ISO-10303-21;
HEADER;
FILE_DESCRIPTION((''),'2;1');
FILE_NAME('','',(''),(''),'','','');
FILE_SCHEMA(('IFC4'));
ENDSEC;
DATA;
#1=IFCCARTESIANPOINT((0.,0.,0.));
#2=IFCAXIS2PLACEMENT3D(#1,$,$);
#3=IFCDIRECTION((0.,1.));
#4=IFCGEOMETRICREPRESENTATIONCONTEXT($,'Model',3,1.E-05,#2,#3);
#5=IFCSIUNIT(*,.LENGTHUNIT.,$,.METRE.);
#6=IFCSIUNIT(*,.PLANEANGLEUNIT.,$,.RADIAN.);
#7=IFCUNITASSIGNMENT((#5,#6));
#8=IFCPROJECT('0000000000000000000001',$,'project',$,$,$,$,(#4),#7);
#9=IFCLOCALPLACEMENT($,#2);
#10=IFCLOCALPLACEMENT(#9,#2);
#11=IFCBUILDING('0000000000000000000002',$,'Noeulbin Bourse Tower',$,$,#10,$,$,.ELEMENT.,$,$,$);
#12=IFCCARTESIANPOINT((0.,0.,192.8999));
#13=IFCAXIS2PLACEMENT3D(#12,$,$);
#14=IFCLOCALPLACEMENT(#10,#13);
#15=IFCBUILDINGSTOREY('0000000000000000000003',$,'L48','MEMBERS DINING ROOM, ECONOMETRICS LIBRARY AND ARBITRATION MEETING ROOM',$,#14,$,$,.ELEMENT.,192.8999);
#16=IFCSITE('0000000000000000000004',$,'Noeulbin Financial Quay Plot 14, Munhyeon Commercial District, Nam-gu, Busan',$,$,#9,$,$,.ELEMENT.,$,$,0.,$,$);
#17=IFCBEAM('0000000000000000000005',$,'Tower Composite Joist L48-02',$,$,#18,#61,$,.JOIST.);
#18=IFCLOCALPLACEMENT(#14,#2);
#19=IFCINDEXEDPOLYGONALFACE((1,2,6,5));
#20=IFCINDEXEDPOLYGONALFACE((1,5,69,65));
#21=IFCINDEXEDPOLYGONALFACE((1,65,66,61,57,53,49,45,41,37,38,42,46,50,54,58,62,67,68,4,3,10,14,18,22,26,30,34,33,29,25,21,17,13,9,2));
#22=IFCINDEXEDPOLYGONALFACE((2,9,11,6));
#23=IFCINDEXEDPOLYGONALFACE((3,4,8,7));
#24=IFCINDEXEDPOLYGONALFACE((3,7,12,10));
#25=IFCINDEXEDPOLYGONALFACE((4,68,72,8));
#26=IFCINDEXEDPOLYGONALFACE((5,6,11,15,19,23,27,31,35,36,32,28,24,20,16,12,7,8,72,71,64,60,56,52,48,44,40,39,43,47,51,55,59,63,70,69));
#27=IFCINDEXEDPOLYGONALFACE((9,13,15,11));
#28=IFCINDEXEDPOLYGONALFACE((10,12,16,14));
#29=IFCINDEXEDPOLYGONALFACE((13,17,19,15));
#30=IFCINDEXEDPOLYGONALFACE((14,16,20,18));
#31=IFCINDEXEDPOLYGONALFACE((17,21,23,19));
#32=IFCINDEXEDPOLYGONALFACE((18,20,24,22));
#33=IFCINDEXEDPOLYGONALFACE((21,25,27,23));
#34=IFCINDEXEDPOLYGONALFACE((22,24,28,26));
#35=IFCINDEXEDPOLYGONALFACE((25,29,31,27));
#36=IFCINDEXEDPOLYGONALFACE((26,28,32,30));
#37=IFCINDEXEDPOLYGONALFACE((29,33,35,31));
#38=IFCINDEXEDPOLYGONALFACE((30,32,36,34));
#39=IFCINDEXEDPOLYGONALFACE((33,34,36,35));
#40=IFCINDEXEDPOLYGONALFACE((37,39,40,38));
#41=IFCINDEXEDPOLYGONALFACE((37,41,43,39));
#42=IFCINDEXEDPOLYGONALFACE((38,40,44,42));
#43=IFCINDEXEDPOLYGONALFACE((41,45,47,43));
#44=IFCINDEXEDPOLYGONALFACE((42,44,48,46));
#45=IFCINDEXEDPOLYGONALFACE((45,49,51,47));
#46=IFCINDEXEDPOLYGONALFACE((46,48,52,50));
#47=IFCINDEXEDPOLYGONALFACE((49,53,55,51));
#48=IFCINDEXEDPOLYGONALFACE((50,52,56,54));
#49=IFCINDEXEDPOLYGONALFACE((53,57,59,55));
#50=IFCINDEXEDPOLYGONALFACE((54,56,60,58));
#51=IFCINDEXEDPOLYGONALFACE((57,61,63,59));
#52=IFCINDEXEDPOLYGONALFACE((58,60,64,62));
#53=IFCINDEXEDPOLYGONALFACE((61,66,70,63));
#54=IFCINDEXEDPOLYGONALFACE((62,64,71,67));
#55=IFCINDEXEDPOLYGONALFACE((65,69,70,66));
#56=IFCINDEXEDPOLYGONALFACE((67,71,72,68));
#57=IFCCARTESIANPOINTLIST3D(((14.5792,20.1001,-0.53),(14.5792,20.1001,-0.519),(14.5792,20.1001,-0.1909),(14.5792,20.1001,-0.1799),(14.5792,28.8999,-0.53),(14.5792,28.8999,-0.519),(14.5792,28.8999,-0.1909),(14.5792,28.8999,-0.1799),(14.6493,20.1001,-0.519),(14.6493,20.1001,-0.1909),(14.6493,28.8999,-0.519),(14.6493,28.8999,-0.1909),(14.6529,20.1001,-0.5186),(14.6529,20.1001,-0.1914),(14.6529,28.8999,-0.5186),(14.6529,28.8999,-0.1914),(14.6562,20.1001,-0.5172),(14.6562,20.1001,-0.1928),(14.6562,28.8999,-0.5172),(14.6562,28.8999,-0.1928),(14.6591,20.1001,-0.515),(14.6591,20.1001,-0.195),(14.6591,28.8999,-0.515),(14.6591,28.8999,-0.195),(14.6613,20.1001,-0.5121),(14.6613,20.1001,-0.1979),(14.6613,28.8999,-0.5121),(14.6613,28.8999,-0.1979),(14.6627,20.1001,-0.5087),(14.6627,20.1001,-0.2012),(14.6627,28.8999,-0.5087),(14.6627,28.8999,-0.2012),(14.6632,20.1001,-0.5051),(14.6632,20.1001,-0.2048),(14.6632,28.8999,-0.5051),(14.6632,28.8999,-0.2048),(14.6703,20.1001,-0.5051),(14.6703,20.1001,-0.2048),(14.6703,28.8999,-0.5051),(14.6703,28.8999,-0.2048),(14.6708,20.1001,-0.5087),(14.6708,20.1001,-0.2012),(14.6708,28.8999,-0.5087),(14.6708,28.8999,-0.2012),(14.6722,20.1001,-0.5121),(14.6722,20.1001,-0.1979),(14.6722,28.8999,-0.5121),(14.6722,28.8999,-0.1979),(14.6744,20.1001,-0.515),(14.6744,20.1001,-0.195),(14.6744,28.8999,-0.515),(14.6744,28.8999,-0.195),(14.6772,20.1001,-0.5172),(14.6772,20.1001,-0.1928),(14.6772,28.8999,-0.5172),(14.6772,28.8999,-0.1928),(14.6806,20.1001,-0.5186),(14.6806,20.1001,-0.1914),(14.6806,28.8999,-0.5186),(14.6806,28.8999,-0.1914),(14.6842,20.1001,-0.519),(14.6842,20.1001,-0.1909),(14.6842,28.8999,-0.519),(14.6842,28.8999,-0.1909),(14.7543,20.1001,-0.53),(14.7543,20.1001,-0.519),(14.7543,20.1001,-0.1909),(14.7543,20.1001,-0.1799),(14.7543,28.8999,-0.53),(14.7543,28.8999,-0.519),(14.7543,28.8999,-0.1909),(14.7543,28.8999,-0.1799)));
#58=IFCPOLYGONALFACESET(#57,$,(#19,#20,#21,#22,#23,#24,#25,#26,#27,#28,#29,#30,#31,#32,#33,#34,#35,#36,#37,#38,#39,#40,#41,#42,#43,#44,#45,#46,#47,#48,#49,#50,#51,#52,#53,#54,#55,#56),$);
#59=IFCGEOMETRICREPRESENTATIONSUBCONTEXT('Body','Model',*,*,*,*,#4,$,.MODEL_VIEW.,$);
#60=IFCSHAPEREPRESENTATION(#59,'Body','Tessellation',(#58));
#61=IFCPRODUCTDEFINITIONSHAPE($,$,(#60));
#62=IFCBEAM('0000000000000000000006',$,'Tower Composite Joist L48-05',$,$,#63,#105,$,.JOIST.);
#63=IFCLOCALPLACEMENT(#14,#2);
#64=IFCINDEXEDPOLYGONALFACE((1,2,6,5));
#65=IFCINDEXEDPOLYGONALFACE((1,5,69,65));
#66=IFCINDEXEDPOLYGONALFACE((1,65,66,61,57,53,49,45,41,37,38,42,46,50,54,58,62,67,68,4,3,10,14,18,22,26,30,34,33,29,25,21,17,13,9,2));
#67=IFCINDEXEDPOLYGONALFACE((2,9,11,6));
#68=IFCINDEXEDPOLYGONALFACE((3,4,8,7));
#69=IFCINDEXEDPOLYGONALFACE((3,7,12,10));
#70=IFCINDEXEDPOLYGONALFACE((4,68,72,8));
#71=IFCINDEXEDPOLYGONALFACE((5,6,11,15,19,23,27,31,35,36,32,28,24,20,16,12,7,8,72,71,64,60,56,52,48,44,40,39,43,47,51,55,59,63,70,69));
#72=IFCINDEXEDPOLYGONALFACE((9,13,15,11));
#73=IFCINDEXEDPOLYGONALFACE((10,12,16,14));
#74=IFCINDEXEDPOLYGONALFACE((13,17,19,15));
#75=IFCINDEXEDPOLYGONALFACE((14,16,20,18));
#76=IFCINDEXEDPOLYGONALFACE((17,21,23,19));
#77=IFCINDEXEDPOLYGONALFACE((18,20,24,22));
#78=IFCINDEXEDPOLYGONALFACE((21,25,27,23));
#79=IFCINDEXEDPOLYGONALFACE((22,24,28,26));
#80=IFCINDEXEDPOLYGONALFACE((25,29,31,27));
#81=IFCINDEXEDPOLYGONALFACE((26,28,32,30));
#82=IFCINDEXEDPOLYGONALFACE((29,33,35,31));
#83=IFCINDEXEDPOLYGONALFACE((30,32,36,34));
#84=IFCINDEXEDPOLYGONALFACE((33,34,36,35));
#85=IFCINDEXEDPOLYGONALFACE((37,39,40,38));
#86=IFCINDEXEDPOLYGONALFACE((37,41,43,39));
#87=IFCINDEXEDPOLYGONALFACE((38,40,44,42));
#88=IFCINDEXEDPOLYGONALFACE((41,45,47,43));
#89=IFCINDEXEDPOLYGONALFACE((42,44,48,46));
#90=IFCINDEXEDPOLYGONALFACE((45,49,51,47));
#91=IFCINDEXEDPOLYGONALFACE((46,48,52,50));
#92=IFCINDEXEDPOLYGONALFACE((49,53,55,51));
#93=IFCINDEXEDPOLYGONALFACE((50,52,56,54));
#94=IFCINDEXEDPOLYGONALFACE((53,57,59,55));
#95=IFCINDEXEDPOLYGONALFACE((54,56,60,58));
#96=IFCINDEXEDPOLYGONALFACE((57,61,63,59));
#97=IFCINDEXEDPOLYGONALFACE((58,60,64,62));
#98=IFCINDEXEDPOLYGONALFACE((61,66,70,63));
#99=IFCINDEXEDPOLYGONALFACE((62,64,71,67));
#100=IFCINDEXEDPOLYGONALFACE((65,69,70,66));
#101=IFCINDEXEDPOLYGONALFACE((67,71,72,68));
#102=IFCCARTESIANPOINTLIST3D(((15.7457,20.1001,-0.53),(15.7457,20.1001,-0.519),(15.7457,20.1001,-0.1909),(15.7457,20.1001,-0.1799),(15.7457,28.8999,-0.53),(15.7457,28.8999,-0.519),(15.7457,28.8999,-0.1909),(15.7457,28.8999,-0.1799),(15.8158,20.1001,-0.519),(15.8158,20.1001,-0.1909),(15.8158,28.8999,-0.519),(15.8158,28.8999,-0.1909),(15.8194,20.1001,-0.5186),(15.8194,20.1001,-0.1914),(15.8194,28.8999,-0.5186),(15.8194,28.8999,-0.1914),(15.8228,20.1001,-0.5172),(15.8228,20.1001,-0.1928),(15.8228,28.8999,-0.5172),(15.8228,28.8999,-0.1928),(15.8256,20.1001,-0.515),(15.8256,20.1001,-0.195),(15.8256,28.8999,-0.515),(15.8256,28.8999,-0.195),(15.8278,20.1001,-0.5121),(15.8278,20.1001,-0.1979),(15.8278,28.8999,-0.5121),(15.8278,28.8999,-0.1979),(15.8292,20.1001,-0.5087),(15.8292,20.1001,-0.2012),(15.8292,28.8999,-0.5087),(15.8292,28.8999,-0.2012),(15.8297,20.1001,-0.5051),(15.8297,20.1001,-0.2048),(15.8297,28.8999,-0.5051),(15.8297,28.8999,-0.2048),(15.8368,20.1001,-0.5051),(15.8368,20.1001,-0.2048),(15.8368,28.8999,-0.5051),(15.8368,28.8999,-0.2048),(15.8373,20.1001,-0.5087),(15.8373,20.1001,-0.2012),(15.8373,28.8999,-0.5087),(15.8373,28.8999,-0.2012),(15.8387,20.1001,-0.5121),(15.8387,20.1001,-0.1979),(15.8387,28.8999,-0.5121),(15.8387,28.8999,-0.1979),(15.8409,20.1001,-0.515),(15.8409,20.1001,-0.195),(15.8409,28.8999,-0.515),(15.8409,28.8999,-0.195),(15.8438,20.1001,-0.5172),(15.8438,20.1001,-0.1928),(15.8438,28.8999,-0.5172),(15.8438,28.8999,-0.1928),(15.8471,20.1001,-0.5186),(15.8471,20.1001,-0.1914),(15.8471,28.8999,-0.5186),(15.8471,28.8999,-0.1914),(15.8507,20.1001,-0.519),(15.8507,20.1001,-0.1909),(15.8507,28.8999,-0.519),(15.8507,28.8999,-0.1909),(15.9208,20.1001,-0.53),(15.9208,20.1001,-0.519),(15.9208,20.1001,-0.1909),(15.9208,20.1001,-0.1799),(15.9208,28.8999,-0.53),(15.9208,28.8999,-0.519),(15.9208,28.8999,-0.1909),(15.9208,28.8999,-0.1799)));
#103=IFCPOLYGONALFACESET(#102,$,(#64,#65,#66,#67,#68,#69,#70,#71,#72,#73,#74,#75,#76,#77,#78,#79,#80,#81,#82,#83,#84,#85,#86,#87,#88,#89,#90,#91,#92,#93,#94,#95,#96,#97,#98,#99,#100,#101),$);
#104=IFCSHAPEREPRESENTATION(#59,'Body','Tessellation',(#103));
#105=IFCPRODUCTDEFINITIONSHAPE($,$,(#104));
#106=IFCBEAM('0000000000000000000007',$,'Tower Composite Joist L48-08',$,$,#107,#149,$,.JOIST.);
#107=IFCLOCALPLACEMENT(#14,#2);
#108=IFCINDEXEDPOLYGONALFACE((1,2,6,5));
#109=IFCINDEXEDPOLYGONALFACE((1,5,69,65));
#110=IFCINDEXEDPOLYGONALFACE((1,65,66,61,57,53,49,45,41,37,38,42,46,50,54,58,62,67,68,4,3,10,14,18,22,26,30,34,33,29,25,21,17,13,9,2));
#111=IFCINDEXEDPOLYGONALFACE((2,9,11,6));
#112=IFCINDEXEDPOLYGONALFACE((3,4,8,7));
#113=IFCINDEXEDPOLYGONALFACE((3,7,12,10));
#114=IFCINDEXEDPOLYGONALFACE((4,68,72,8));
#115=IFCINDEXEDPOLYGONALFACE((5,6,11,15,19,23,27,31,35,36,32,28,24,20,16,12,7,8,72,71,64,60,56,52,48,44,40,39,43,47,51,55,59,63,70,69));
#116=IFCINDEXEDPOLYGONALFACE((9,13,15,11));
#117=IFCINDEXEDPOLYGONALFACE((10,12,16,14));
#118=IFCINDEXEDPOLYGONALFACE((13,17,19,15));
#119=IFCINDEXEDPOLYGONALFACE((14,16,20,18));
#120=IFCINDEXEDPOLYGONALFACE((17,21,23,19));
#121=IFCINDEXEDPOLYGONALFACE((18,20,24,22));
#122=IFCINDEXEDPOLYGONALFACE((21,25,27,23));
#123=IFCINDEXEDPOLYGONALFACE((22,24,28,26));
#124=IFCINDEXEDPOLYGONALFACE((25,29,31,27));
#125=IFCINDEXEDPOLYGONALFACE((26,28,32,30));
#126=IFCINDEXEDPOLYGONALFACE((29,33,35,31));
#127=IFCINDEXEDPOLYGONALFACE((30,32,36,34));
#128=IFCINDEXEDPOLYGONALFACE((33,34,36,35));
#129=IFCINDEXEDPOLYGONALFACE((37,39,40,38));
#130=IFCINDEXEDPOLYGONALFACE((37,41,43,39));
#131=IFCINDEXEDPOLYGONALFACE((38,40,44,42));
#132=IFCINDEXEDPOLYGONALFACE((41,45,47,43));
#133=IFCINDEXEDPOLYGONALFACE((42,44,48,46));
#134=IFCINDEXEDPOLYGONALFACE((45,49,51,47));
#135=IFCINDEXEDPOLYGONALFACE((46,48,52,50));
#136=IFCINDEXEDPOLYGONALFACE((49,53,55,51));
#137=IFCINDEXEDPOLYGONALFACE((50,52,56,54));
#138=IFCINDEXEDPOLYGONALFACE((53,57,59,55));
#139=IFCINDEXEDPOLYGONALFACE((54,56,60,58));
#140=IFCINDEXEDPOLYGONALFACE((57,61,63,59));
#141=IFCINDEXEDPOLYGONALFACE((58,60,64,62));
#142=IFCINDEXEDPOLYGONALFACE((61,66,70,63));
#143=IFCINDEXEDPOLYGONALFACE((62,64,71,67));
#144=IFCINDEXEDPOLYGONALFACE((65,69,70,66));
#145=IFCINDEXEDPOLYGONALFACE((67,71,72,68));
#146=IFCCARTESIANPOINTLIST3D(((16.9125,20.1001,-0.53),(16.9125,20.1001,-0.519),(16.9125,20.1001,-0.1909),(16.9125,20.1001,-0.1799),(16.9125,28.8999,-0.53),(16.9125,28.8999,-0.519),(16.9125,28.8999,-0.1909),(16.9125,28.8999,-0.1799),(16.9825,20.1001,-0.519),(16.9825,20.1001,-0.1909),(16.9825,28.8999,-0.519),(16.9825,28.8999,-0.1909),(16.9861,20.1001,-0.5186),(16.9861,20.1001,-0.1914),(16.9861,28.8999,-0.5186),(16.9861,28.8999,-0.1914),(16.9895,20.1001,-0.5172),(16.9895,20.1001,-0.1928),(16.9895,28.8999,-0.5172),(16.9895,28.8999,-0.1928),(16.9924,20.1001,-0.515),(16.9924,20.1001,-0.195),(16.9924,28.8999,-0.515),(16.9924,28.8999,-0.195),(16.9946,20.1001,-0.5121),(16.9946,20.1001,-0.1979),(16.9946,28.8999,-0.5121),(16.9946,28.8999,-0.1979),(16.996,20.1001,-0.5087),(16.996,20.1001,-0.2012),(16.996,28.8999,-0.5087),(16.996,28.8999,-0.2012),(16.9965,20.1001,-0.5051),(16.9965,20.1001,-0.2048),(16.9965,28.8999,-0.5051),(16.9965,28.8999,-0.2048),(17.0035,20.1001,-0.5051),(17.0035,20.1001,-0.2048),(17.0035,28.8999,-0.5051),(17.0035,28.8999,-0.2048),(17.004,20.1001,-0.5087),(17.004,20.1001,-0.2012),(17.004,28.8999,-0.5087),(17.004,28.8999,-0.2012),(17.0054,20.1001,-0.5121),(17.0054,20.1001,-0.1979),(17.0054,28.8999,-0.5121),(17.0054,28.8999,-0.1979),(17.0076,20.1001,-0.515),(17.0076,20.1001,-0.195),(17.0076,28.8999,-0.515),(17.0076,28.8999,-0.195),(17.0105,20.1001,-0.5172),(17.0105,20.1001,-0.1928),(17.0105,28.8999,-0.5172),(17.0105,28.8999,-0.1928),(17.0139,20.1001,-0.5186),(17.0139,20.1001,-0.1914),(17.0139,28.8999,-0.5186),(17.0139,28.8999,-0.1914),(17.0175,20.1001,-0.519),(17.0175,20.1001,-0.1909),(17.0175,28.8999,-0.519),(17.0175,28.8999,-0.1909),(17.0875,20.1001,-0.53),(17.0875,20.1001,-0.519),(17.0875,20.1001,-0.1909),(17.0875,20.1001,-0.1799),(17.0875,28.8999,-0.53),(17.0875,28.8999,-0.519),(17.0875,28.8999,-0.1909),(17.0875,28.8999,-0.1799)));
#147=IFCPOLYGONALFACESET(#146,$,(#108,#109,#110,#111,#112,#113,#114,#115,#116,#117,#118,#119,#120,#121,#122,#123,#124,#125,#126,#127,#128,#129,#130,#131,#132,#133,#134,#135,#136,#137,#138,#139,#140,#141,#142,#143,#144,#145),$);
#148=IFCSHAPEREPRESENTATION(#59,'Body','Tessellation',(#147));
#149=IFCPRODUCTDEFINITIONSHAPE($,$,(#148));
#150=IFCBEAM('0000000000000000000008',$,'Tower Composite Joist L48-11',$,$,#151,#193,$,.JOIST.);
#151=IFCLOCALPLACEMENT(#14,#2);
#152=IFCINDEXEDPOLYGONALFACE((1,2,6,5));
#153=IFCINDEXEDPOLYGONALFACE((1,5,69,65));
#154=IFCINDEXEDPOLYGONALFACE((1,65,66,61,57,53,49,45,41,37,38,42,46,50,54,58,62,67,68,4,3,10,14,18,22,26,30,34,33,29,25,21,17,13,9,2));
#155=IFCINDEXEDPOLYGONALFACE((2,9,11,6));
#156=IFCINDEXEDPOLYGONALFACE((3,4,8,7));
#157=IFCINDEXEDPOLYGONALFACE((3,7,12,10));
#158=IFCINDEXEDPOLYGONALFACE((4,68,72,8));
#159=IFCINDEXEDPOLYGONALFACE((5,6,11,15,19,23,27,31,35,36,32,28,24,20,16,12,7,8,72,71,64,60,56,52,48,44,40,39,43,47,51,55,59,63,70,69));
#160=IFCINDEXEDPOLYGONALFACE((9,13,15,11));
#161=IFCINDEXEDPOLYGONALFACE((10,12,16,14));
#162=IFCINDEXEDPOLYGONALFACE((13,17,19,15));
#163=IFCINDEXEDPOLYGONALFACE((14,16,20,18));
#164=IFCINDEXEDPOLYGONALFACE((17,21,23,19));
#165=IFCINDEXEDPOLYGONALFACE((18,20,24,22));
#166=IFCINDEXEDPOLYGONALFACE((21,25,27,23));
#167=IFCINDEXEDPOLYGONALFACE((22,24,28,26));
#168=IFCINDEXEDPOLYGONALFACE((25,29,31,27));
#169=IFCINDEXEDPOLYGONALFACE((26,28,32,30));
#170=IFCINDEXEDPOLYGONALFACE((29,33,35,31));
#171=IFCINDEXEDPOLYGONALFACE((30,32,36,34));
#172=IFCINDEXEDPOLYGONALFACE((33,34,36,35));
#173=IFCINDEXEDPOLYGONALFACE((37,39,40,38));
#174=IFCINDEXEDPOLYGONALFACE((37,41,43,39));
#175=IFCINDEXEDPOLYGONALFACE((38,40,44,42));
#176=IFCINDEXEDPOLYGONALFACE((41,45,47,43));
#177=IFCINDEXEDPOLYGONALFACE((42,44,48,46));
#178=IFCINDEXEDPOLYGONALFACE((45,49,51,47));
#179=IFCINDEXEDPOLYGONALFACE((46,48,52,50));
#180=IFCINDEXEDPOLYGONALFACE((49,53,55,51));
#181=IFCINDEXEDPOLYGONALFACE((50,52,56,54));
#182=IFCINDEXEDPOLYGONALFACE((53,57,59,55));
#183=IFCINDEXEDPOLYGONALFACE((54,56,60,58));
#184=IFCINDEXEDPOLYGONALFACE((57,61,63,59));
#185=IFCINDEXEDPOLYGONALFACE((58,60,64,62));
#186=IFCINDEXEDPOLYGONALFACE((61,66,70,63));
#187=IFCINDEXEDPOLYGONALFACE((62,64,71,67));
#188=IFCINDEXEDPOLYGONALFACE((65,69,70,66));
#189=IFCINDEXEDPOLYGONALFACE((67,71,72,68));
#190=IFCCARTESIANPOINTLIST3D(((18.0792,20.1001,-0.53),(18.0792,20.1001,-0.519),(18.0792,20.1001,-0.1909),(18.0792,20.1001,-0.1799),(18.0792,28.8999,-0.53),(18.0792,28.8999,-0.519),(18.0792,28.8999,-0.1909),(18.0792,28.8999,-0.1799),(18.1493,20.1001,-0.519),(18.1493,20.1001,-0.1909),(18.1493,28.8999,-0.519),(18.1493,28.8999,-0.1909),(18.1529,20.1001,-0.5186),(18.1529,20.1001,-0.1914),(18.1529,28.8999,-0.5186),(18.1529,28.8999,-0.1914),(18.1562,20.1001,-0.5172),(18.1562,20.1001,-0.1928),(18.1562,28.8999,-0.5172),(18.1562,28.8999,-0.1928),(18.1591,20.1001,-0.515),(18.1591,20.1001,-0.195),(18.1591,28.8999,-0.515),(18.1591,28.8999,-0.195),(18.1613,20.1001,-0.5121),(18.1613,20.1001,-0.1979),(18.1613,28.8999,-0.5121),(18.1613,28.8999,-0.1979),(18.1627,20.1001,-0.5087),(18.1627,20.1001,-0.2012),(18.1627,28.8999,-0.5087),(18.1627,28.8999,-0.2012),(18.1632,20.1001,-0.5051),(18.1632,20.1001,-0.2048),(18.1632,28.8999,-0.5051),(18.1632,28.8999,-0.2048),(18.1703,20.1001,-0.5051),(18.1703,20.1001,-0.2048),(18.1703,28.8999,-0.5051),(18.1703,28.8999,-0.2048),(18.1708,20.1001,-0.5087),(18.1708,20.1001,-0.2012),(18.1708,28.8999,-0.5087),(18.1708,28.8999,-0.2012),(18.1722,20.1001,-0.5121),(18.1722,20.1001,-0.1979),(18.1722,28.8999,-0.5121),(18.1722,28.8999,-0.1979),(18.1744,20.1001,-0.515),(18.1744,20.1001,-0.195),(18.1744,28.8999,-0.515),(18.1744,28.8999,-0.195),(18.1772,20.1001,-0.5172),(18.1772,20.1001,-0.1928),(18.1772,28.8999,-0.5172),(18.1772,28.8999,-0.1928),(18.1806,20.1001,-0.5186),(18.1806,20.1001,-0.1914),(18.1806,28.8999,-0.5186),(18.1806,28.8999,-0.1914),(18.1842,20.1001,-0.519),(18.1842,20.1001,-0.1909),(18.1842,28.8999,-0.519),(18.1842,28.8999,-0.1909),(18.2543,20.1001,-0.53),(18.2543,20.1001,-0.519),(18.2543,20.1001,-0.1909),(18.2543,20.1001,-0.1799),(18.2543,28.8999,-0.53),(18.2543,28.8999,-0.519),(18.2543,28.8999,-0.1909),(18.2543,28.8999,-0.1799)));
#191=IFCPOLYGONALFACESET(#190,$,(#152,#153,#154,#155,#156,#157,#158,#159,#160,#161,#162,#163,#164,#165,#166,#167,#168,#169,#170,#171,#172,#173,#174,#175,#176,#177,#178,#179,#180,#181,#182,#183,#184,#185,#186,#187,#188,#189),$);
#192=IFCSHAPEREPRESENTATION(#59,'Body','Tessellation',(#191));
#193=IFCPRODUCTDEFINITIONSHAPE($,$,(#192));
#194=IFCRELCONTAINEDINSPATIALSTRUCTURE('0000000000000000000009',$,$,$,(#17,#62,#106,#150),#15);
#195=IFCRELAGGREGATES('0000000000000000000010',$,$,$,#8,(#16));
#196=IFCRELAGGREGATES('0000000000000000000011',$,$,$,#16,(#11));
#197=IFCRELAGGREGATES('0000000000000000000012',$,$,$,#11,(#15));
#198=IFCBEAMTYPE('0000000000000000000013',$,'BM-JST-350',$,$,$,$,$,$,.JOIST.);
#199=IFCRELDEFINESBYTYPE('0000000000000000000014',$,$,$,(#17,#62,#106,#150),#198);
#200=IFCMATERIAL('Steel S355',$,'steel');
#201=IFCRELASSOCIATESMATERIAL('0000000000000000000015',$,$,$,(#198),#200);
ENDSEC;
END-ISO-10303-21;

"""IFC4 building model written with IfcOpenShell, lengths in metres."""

from ifc_helpers import new_model, si_unit, direction, frame, origin, origin_2d, place, context, subcontext, project, spatial, i_section, extrude, material, material_profile, profile_set, type_object, element, save


model = new_model("IFC4")

# Units and contexts
model_context = context("Model", 3, precision=1e-05, world=origin(), true_north=direction((0.0, 1.0)))
body_context = subcontext(model_context, "Body", "Model", "MODEL_VIEW")
ifc_project = project(units=[si_unit("LENGTHUNIT", "METRE"), si_unit("PLANEANGLEUNIT", "RADIAN")], contexts=[model_context])

# Site, building, storey
site_placement = place(None, origin())
site = spatial("IfcSite", under=ifc_project, at=site_placement, Name="Noeulbin Financial Quay Plot 14, Munhyeon Commercial District, Nam-gu, Busan", CompositionType="ELEMENT", RefElevation=0.0)
building_placement = place(site_placement, origin())
building = spatial("IfcBuilding", under=site, at=building_placement, Name="Noeulbin Bourse Tower", CompositionType="ELEMENT")
storey_placement = place(building_placement, frame((0.0, 0.0, 192.8999)))
storey = spatial("IfcBuildingStorey", under=building, at=storey_placement, Name="L48", Description="MEMBERS DINING ROOM, ECONOMETRICS LIBRARY AND ARBITRATION MEETING ROOM", CompositionType="ELEMENT", Elevation=192.8999)

# Shared definitions
ifc_material_1 = material(Name="Steel S355", Category="steel")

# Beams
ifc_material_profile_1 = material_profile(ifc_material_1, i_section(OverallWidth=0.175, OverallDepth=0.3501, WebThickness=0.0071, FlangeThickness=0.011, FilletRadius=0.0139, at=origin_2d()), Name="H-350x175x7x11", Category="LoadBearing")
ifc_profile_set_1 = profile_set([ifc_material_profile_1], Name="Steel S355")
beam_type_1 = type_object("IfcBeamType", Name="BM-JST-350", PredefinedType="JOIST", material=ifc_profile_set_1)
for number, where, z_axis, x_axis, name in (
    (1, (14.6667, 20.1001, -0.355), (0.0, 1.0, 0.0), (-1.0, 0.0, 0.0), "Tower Composite Joist L48-02"),
    (2, (15.8333, 20.1001, -0.355), (0.0, 1.0, 0.0), (-1.0, 0.0, 0.0), "Tower Composite Joist L48-05"),
    (3, (17.0, 20.1001, -0.355), (0.0, 1.0, 0.0), (-1.0, 0.0, 0.0), "Tower Composite Joist L48-08"),
    (4, (18.1667, 20.1001, -0.355), (0.0, 1.0, 0.0), (-1.0, 0.0, 0.0), "Tower Composite Joist L48-11"),
):
    element("IfcBeam", number, at=place(storey_placement, frame(where, z_axis=z_axis, x_axis=x_axis)), inside=storey, type_object=beam_type_1, Name=name, PredefinedType="JOIST", context=body_context, shape_type="SweptSolid", body=[
        extrude(i_section(OverallWidth=0.175, OverallDepth=0.3501, WebThickness=0.0071, FlangeThickness=0.011, FilletRadius=0.0139, at=origin_2d()), origin(), (0.0, 0.0, 1.0), 8.7998),
    ])

save(model, "model.ifc")
